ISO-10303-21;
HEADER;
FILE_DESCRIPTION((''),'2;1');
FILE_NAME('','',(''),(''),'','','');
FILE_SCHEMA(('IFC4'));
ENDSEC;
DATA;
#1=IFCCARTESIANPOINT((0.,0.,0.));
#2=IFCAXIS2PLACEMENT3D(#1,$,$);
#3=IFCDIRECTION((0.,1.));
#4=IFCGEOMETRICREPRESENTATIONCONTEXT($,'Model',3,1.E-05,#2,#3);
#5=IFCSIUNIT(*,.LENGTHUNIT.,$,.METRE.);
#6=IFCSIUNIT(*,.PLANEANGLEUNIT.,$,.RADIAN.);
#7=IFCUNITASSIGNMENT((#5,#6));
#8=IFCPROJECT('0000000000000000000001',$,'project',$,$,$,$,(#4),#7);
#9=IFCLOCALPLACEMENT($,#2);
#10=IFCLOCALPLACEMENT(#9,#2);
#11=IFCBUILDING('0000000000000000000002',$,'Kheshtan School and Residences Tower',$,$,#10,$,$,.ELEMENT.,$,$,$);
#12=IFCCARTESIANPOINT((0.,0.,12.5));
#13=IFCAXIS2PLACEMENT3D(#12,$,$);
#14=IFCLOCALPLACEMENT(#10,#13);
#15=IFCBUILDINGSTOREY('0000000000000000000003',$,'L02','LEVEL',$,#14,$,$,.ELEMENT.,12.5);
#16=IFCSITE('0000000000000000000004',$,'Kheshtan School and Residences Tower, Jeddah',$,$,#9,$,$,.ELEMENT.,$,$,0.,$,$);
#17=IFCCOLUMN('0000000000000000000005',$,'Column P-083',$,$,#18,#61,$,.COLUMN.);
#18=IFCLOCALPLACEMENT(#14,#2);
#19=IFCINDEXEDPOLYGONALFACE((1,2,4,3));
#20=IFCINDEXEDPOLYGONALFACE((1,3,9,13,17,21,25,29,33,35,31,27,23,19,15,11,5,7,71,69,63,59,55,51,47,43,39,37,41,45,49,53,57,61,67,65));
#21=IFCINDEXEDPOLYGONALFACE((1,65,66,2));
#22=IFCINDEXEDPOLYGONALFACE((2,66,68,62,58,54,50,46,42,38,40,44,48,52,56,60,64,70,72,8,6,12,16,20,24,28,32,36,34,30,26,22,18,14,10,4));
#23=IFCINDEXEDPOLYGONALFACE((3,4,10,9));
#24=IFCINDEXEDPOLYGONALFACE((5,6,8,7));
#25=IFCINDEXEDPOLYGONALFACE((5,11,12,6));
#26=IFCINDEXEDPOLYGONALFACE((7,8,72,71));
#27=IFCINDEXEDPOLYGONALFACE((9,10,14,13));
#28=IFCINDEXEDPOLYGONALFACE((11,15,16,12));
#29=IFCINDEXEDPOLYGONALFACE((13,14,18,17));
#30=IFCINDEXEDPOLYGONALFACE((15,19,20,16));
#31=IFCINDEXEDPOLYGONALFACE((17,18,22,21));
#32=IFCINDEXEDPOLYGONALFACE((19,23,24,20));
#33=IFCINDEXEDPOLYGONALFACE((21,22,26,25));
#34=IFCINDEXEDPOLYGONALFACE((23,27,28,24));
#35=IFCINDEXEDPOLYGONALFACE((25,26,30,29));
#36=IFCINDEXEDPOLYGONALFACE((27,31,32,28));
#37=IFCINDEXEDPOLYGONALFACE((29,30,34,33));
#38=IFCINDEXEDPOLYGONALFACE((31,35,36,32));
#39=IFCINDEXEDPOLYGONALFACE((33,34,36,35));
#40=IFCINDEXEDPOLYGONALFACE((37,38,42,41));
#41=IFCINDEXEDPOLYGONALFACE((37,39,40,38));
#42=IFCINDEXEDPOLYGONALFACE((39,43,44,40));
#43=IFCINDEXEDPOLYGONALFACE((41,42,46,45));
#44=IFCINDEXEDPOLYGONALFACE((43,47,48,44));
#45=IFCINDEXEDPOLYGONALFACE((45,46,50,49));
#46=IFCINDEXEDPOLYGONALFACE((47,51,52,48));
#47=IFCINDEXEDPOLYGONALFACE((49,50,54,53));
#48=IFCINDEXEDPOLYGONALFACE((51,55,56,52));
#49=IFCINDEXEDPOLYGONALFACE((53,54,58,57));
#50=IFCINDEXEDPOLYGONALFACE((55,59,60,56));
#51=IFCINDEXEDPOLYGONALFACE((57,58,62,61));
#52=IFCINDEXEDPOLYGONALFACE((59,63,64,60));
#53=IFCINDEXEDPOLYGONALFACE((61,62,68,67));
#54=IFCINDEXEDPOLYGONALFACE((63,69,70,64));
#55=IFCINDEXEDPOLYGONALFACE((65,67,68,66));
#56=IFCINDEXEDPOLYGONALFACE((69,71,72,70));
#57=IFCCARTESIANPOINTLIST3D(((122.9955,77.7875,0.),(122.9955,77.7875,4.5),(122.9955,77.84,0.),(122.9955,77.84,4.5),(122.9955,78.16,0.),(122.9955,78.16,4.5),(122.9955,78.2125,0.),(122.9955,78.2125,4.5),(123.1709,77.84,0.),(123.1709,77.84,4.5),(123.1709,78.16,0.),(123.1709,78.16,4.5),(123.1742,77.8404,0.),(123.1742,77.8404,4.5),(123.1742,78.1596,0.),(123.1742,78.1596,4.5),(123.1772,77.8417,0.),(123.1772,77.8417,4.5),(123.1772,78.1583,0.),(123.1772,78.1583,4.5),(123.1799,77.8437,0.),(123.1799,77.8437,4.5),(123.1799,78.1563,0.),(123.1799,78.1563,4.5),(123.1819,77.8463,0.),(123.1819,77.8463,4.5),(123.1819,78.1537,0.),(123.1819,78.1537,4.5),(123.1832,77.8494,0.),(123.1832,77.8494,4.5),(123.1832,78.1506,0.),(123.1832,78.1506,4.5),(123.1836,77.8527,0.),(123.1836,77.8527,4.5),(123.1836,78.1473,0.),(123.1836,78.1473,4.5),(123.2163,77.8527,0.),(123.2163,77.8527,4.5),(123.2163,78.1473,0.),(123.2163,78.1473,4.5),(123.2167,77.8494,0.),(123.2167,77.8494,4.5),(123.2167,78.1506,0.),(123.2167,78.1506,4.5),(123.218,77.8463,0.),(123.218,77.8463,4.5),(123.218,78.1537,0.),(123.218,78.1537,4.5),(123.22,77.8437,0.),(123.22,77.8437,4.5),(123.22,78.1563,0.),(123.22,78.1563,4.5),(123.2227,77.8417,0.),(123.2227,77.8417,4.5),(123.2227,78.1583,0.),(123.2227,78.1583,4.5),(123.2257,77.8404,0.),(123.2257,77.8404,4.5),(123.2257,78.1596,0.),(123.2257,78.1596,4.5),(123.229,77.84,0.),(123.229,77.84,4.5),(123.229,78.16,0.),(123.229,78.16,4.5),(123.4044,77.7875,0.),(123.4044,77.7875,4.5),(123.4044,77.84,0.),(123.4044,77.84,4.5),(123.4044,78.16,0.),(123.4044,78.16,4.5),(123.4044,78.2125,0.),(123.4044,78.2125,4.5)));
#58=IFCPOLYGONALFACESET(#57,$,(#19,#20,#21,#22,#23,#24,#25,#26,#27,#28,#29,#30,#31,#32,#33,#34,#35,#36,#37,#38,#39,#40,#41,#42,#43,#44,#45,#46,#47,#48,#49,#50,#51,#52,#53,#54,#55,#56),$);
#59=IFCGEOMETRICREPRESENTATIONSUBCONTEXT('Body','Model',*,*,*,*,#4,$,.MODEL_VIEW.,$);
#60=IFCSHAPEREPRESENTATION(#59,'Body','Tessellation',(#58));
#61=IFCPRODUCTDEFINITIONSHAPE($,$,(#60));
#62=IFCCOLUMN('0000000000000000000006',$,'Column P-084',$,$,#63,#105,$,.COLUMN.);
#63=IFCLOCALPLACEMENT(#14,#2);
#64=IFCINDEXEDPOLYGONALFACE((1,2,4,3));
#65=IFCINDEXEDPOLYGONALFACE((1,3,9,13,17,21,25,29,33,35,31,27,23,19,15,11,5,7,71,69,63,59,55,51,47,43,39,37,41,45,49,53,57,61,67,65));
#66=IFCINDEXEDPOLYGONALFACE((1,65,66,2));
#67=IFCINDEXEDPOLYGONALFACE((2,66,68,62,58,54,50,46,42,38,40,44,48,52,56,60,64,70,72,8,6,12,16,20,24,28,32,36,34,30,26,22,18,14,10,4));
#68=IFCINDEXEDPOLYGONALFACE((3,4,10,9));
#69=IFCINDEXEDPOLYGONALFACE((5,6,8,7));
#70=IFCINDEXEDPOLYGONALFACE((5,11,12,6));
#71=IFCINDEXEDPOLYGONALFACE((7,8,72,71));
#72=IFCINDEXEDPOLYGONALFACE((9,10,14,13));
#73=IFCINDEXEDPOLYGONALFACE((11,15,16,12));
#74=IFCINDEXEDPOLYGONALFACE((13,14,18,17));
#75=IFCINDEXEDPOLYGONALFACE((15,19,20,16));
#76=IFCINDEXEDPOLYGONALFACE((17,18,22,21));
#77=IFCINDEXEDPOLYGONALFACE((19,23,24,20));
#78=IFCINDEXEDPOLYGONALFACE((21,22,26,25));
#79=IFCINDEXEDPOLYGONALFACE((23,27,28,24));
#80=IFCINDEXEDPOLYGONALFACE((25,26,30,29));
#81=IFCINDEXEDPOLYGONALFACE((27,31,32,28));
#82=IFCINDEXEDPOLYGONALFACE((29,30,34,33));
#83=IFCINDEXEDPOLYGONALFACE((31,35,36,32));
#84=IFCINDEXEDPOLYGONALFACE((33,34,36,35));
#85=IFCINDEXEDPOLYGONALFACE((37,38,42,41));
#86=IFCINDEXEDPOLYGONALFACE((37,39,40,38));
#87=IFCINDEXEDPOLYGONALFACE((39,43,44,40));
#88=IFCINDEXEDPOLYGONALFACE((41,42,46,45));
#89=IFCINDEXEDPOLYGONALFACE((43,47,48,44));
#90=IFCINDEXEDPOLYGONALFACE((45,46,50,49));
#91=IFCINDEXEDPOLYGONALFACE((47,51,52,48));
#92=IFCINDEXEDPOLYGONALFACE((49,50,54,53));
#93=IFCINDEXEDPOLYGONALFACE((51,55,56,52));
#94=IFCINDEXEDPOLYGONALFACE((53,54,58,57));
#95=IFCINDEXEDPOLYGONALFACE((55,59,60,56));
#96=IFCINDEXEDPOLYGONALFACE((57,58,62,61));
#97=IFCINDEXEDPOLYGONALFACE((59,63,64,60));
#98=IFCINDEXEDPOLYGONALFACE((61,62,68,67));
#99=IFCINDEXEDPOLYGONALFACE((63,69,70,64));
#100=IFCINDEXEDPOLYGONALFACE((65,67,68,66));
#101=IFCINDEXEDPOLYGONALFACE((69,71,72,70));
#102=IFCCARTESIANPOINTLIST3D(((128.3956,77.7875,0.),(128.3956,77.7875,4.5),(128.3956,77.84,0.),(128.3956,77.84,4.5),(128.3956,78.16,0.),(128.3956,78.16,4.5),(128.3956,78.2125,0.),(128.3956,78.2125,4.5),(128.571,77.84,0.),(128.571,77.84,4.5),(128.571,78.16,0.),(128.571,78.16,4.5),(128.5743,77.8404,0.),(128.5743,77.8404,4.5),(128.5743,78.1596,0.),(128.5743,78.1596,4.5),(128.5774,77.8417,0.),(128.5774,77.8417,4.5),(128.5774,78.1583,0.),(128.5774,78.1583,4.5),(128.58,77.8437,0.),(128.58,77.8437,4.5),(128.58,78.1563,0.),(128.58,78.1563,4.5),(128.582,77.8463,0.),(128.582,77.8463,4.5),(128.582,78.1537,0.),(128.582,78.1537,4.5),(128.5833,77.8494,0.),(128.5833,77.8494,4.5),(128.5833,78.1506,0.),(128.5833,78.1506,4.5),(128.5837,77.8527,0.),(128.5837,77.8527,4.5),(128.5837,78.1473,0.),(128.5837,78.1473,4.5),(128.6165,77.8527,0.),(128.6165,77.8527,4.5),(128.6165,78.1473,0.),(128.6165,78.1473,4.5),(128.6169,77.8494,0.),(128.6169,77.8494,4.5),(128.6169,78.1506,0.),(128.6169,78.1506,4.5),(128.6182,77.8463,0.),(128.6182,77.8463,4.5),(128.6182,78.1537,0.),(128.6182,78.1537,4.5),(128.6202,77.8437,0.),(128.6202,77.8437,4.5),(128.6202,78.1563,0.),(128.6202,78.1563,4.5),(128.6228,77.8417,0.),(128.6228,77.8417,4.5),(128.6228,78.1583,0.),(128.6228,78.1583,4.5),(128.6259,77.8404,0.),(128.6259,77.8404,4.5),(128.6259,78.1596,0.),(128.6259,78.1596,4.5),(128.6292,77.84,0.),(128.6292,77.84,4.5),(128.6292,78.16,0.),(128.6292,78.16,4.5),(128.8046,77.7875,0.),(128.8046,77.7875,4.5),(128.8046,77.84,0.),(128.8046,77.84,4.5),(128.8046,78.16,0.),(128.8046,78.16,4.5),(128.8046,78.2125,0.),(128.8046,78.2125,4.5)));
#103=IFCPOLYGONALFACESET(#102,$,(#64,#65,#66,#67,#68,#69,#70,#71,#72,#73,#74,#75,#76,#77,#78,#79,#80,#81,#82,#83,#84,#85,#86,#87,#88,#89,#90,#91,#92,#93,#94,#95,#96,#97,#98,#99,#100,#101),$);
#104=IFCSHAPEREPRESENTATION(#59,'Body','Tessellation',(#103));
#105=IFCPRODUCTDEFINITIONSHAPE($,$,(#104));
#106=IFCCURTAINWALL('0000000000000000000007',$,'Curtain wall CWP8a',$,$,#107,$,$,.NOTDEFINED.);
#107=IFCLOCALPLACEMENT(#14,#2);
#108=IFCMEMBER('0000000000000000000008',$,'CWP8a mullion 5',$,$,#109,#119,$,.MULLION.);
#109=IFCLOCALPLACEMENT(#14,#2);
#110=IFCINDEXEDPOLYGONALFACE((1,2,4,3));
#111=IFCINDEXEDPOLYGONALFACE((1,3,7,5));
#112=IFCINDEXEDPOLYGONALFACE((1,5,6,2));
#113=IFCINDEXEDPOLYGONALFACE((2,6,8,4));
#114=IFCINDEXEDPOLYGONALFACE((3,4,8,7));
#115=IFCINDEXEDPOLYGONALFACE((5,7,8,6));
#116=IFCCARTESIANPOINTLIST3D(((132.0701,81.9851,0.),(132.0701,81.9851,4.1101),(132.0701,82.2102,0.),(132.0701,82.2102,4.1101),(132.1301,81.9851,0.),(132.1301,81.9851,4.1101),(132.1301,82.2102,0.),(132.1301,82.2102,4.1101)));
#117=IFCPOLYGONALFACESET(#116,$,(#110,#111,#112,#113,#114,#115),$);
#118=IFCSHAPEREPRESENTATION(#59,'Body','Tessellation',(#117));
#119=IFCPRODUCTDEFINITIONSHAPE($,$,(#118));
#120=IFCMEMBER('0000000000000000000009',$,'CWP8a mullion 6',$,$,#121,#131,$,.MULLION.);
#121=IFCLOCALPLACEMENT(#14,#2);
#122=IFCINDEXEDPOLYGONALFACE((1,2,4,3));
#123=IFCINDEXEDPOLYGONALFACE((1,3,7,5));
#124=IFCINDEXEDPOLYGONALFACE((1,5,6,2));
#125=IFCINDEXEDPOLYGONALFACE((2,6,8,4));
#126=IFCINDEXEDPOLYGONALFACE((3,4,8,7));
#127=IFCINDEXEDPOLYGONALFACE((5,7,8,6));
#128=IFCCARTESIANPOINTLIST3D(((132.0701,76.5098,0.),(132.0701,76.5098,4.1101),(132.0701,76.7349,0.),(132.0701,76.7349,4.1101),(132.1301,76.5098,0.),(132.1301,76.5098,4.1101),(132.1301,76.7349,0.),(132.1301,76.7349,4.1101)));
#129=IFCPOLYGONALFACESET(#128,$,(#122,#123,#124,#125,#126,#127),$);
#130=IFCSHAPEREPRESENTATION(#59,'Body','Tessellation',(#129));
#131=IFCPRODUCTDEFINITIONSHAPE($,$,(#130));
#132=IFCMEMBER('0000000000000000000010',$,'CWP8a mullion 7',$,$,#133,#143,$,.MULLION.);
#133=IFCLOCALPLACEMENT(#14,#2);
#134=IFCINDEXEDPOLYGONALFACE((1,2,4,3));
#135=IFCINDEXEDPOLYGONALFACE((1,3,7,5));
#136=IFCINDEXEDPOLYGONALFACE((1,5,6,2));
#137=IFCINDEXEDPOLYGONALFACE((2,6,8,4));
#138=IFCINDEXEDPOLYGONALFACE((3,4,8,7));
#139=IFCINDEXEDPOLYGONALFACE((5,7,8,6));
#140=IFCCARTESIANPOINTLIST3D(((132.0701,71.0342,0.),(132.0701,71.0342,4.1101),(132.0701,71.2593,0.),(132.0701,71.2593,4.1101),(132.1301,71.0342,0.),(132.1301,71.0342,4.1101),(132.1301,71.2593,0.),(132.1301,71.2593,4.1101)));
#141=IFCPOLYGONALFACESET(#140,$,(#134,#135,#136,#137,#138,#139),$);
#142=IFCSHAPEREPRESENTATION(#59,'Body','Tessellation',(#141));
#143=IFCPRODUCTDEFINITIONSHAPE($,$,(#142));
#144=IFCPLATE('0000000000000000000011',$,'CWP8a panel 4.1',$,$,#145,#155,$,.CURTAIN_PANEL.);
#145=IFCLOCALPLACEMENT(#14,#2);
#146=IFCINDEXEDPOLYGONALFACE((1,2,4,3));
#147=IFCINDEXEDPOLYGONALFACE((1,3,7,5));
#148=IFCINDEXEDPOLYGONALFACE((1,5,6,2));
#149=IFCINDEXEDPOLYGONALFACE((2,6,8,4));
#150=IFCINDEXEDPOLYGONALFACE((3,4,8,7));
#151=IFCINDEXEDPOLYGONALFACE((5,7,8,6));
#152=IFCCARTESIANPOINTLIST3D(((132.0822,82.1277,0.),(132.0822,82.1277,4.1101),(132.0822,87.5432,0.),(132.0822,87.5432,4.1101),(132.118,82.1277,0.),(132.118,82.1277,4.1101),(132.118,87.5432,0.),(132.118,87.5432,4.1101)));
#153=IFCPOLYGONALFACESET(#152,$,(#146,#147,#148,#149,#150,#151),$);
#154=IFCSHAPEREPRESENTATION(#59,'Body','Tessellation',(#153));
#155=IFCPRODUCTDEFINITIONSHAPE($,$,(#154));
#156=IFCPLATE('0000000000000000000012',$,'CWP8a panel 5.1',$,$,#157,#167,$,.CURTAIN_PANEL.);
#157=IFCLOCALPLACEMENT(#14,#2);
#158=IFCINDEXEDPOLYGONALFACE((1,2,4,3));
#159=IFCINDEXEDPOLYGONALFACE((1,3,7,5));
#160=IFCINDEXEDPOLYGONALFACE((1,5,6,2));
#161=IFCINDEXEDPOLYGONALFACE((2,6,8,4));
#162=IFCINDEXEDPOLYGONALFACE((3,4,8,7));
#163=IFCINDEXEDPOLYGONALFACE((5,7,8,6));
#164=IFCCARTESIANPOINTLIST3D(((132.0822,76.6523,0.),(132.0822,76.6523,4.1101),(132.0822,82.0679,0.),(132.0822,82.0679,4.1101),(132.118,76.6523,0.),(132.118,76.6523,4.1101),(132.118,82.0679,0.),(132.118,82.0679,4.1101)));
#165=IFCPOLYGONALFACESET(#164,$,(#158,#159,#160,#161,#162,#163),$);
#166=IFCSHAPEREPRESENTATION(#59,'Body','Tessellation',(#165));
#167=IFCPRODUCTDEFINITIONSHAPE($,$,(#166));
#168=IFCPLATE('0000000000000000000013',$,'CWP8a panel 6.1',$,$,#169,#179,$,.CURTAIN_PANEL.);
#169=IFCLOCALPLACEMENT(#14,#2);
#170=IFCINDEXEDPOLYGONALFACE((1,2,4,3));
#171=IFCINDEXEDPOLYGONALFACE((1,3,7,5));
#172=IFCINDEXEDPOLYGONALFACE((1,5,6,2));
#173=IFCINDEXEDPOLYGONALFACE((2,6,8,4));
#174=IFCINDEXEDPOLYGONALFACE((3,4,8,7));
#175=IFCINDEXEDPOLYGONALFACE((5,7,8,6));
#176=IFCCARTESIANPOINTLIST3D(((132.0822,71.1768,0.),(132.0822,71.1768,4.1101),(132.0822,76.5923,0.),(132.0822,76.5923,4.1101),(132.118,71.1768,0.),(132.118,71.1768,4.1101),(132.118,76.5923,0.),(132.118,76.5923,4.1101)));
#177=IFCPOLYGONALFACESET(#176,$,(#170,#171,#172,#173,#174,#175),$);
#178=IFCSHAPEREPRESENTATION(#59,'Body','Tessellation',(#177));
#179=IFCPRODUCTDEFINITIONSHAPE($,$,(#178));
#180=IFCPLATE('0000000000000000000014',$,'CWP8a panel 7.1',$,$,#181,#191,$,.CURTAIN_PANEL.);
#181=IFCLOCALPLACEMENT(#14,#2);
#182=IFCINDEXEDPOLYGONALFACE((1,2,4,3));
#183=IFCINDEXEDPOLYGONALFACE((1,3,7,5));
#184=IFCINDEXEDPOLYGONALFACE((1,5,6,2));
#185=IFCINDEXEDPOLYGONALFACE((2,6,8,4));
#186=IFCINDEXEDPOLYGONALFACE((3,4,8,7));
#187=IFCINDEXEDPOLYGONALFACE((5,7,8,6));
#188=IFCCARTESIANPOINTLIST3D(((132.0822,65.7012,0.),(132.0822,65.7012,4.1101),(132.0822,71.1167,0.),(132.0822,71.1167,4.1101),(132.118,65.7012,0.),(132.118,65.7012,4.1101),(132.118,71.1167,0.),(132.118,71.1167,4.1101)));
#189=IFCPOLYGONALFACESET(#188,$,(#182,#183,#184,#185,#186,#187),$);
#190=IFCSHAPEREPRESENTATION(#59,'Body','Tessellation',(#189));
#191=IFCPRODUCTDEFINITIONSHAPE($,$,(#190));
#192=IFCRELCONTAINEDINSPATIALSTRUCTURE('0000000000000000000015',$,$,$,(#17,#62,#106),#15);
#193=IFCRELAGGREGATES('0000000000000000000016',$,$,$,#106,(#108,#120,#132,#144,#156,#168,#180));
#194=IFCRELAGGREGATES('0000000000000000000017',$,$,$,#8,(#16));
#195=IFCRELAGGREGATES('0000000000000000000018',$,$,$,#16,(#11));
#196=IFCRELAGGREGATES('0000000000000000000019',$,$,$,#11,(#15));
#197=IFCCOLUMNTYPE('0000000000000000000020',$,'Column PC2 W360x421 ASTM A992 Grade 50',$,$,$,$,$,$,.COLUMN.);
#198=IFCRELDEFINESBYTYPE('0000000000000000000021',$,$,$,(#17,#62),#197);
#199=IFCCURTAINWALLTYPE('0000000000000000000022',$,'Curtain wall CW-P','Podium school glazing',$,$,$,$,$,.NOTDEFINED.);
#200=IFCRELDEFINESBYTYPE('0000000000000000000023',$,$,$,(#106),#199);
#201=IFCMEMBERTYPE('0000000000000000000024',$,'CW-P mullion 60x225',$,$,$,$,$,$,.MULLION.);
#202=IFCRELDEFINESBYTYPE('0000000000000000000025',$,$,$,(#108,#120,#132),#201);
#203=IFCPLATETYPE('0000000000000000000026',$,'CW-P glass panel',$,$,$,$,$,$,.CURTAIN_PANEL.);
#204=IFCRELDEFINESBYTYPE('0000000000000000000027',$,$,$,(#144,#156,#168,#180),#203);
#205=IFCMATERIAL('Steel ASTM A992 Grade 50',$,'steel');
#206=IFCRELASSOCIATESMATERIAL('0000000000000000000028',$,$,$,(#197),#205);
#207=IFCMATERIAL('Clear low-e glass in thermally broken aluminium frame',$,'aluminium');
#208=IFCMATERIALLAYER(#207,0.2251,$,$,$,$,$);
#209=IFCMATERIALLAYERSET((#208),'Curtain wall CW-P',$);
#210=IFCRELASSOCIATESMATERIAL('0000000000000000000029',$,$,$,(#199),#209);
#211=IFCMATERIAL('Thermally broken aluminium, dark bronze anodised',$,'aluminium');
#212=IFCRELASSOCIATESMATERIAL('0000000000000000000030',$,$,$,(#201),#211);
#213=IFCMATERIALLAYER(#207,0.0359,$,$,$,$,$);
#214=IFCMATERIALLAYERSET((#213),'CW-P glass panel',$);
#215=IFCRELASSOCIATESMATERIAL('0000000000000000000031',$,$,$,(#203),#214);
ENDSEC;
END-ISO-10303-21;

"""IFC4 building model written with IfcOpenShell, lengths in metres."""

from ifc_helpers import new_model, si_unit, direction, frame, origin, origin_2d, place, context, subcontext, project, spatial, rectangle, i_section, extrude, material, layer, layer_set, material_profile, profile_set, type_object, element, aggregate, save


model = new_model("IFC4")

# Units and contexts
model_context = context("Model", 3, precision=1e-05, world=origin(), true_north=direction((0.0, 1.0)))
body_context = subcontext(model_context, "Body", "Model", "MODEL_VIEW")
ifc_project = project(units=[si_unit("LENGTHUNIT", "METRE"), si_unit("PLANEANGLEUNIT", "RADIAN")], contexts=[model_context])

# Site, building, storey
site_placement = place(None, origin())
site = spatial("IfcSite", under=ifc_project, at=site_placement, Name="Kheshtan School and Residences Tower, Jeddah", CompositionType="ELEMENT", RefElevation=0.0)
building_placement = place(site_placement, origin())
building = spatial("IfcBuilding", under=site, at=building_placement, Name="Kheshtan School and Residences Tower", CompositionType="ELEMENT")
storey_placement = place(building_placement, frame((0.0, 0.0, 12.5)))
storey = spatial("IfcBuildingStorey", under=building, at=storey_placement, Name="L02", Description="LEVEL", CompositionType="ELEMENT", Elevation=12.5)

# Columns
ifc_material_1 = material(Name="Steel ASTM A992 Grade 50", Category="steel")
ifc_material_profile_1 = material_profile(ifc_material_1, i_section(OverallWidth=0.4089, OverallDepth=0.425, WebThickness=0.0327, FlangeThickness=0.0525, FilletRadius=0.0127, at=origin_2d()), Name="W360x421")
ifc_profile_set_1 = profile_set([ifc_material_profile_1], Name="Steel ASTM A992 Grade 50")
column_type = type_object("IfcColumnType", Name="Column PC2 W360x421 ASTM A992 Grade 50", PredefinedType="COLUMN", material=ifc_profile_set_1)
for number, where, z_axis, x_axis, name in (
    (1, (123.2, 78.0, 0.0), (0.0, 0.0, 1.0), (1.0, 0.0, 0.0), "Column P-083"),
    (2, (128.6001, 78.0, 0.0), (0.0, 0.0, 1.0), (1.0, 0.0, 0.0), "Column P-084"),
):
    element("IfcColumn", number, at=place(storey_placement, frame(where, z_axis=z_axis, x_axis=x_axis)), inside=storey, type_object=column_type, Name=name, PredefinedType="COLUMN", context=body_context, shape_type="SweptSolid", body=[
        extrude(i_section(OverallWidth=0.4089, OverallDepth=0.425, WebThickness=0.0327, FlangeThickness=0.0525, FilletRadius=0.0127, at=origin_2d()), origin(), (0.0, 0.0, 1.0), 4.5),
    ])

# Curtain wall, members, plates
ifc_material_2 = material(Name="Clear low-e glass in thermally broken aluminium frame", Category="aluminium")
ifc_layer_1 = layer(ifc_material_2, 0.2251)
ifc_layer_set_1 = layer_set([ifc_layer_1], Name="Curtain wall CW-P")
curtain_wall_type = type_object("IfcCurtainWallType", Name="Curtain wall CW-P", Description="Podium school glazing", PredefinedType="NOTDEFINED", material=ifc_layer_set_1)
curtain_wall_placement = place(storey_placement, origin())
curtain_wall = element("IfcCurtainWall", 3, at=curtain_wall_placement, inside=storey, type_object=curtain_wall_type, Name="Curtain wall CWP8a", PredefinedType="NOTDEFINED")
ifc_material_3 = material(Name="Thermally broken aluminium, dark bronze anodised", Category="aluminium")
ifc_material_profile_2 = material_profile(ifc_material_3, rectangle(XDim=0.0601, YDim=0.2251, at=origin_2d()), Name="CW-P mullion 60x225")
ifc_profile_set_2 = profile_set([ifc_material_profile_2], Name="Thermally broken aluminium, dark bronze anodised")
member_type = type_object("IfcMemberType", Name="CW-P mullion 60x225", PredefinedType="MULLION", material=ifc_profile_set_2)
member_1_placement = place(storey_placement, frame((132.1001, 82.0977, 0.0), z_axis=(0.0, 0.0, 1.0), x_axis=(1.0, 0.0, 0.0)))
member_1 = element("IfcMember", 4, at=member_1_placement, type_object=member_type, Name="CWP8a mullion 5", PredefinedType="MULLION", context=body_context, shape_type="SweptSolid", body=[
    extrude(rectangle(XDim=0.0601, YDim=0.2251, at=origin_2d()), origin(), (0.0, 0.0, 1.0), 4.1101),
])
member_2_placement = place(storey_placement, frame((132.1001, 76.6223, 0.0), z_axis=(0.0, 0.0, 1.0), x_axis=(1.0, 0.0, 0.0)))
member_2 = element("IfcMember", 5, at=member_2_placement, type_object=member_type, Name="CWP8a mullion 6", PredefinedType="MULLION", context=body_context, shape_type="SweptSolid", body=[
    extrude(rectangle(XDim=0.0601, YDim=0.2251, at=origin_2d()), origin(), (0.0, 0.0, 1.0), 4.1101),
])
member_3_placement = place(storey_placement, frame((132.1001, 71.1467, 0.0), z_axis=(0.0, 0.0, 1.0), x_axis=(1.0, 0.0, 0.0)))
member_3 = element("IfcMember", 6, at=member_3_placement, type_object=member_type, Name="CWP8a mullion 7", PredefinedType="MULLION", context=body_context, shape_type="SweptSolid", body=[
    extrude(rectangle(XDim=0.0601, YDim=0.2251, at=origin_2d()), origin(), (0.0, 0.0, 1.0), 4.1101),
])
ifc_layer_2 = layer(ifc_material_2, 0.0359)
ifc_layer_set_2 = layer_set([ifc_layer_2], Name="CW-P glass panel")
plate_type = type_object("IfcPlateType", Name="CW-P glass panel", PredefinedType="CURTAIN_PANEL", material=ifc_layer_set_2)
plate_1_placement = place(storey_placement, frame((132.1001, 84.8354, 0.0), z_axis=(0.0, 0.0, 1.0), x_axis=(0.0, -1.0, 0.0)))
plate_1 = element("IfcPlate", 7, at=plate_1_placement, type_object=plate_type, Name="CWP8a panel 4.1", PredefinedType="CURTAIN_PANEL", context=body_context, shape_type="SweptSolid", body=[
    extrude(rectangle(XDim=5.4155, YDim=0.0359, at=origin_2d()), origin(), (0.0, 0.0, 1.0), 4.1101),
])
plate_2_placement = place(storey_placement, frame((132.1001, 79.3601, 0.0), z_axis=(0.0, 0.0, 1.0), x_axis=(0.0, -1.0, 0.0)))
plate_2 = element("IfcPlate", 8, at=plate_2_placement, type_object=plate_type, Name="CWP8a panel 5.1", PredefinedType="CURTAIN_PANEL", context=body_context, shape_type="SweptSolid", body=[
    extrude(rectangle(XDim=5.4155, YDim=0.0359, at=origin_2d()), origin(), (0.0, 0.0, 1.0), 4.1101),
])
plate_3_placement = place(storey_placement, frame((132.1001, 73.8845, 0.0), z_axis=(0.0, 0.0, 1.0), x_axis=(0.0, -1.0, 0.0)))
plate_3 = element("IfcPlate", 9, at=plate_3_placement, type_object=plate_type, Name="CWP8a panel 6.1", PredefinedType="CURTAIN_PANEL", context=body_context, shape_type="SweptSolid", body=[
    extrude(rectangle(XDim=5.4155, YDim=0.0359, at=origin_2d()), origin(), (0.0, 0.0, 1.0), 4.1101),
])
plate_4_placement = place(storey_placement, frame((132.1001, 68.4089, 0.0), z_axis=(0.0, 0.0, 1.0), x_axis=(0.0, -1.0, 0.0)))
plate_4 = element("IfcPlate", 10, at=plate_4_placement, type_object=plate_type, Name="CWP8a panel 7.1", PredefinedType="CURTAIN_PANEL", context=body_context, shape_type="SweptSolid", body=[
    extrude(rectangle(XDim=5.4155, YDim=0.0359, at=origin_2d()), origin(), (0.0, 0.0, 1.0), 4.1101),
])
aggregate(curtain_wall, [member_1, member_2, member_3, plate_1, plate_2, plate_3, plate_4])

save(model, "model.ifc")
